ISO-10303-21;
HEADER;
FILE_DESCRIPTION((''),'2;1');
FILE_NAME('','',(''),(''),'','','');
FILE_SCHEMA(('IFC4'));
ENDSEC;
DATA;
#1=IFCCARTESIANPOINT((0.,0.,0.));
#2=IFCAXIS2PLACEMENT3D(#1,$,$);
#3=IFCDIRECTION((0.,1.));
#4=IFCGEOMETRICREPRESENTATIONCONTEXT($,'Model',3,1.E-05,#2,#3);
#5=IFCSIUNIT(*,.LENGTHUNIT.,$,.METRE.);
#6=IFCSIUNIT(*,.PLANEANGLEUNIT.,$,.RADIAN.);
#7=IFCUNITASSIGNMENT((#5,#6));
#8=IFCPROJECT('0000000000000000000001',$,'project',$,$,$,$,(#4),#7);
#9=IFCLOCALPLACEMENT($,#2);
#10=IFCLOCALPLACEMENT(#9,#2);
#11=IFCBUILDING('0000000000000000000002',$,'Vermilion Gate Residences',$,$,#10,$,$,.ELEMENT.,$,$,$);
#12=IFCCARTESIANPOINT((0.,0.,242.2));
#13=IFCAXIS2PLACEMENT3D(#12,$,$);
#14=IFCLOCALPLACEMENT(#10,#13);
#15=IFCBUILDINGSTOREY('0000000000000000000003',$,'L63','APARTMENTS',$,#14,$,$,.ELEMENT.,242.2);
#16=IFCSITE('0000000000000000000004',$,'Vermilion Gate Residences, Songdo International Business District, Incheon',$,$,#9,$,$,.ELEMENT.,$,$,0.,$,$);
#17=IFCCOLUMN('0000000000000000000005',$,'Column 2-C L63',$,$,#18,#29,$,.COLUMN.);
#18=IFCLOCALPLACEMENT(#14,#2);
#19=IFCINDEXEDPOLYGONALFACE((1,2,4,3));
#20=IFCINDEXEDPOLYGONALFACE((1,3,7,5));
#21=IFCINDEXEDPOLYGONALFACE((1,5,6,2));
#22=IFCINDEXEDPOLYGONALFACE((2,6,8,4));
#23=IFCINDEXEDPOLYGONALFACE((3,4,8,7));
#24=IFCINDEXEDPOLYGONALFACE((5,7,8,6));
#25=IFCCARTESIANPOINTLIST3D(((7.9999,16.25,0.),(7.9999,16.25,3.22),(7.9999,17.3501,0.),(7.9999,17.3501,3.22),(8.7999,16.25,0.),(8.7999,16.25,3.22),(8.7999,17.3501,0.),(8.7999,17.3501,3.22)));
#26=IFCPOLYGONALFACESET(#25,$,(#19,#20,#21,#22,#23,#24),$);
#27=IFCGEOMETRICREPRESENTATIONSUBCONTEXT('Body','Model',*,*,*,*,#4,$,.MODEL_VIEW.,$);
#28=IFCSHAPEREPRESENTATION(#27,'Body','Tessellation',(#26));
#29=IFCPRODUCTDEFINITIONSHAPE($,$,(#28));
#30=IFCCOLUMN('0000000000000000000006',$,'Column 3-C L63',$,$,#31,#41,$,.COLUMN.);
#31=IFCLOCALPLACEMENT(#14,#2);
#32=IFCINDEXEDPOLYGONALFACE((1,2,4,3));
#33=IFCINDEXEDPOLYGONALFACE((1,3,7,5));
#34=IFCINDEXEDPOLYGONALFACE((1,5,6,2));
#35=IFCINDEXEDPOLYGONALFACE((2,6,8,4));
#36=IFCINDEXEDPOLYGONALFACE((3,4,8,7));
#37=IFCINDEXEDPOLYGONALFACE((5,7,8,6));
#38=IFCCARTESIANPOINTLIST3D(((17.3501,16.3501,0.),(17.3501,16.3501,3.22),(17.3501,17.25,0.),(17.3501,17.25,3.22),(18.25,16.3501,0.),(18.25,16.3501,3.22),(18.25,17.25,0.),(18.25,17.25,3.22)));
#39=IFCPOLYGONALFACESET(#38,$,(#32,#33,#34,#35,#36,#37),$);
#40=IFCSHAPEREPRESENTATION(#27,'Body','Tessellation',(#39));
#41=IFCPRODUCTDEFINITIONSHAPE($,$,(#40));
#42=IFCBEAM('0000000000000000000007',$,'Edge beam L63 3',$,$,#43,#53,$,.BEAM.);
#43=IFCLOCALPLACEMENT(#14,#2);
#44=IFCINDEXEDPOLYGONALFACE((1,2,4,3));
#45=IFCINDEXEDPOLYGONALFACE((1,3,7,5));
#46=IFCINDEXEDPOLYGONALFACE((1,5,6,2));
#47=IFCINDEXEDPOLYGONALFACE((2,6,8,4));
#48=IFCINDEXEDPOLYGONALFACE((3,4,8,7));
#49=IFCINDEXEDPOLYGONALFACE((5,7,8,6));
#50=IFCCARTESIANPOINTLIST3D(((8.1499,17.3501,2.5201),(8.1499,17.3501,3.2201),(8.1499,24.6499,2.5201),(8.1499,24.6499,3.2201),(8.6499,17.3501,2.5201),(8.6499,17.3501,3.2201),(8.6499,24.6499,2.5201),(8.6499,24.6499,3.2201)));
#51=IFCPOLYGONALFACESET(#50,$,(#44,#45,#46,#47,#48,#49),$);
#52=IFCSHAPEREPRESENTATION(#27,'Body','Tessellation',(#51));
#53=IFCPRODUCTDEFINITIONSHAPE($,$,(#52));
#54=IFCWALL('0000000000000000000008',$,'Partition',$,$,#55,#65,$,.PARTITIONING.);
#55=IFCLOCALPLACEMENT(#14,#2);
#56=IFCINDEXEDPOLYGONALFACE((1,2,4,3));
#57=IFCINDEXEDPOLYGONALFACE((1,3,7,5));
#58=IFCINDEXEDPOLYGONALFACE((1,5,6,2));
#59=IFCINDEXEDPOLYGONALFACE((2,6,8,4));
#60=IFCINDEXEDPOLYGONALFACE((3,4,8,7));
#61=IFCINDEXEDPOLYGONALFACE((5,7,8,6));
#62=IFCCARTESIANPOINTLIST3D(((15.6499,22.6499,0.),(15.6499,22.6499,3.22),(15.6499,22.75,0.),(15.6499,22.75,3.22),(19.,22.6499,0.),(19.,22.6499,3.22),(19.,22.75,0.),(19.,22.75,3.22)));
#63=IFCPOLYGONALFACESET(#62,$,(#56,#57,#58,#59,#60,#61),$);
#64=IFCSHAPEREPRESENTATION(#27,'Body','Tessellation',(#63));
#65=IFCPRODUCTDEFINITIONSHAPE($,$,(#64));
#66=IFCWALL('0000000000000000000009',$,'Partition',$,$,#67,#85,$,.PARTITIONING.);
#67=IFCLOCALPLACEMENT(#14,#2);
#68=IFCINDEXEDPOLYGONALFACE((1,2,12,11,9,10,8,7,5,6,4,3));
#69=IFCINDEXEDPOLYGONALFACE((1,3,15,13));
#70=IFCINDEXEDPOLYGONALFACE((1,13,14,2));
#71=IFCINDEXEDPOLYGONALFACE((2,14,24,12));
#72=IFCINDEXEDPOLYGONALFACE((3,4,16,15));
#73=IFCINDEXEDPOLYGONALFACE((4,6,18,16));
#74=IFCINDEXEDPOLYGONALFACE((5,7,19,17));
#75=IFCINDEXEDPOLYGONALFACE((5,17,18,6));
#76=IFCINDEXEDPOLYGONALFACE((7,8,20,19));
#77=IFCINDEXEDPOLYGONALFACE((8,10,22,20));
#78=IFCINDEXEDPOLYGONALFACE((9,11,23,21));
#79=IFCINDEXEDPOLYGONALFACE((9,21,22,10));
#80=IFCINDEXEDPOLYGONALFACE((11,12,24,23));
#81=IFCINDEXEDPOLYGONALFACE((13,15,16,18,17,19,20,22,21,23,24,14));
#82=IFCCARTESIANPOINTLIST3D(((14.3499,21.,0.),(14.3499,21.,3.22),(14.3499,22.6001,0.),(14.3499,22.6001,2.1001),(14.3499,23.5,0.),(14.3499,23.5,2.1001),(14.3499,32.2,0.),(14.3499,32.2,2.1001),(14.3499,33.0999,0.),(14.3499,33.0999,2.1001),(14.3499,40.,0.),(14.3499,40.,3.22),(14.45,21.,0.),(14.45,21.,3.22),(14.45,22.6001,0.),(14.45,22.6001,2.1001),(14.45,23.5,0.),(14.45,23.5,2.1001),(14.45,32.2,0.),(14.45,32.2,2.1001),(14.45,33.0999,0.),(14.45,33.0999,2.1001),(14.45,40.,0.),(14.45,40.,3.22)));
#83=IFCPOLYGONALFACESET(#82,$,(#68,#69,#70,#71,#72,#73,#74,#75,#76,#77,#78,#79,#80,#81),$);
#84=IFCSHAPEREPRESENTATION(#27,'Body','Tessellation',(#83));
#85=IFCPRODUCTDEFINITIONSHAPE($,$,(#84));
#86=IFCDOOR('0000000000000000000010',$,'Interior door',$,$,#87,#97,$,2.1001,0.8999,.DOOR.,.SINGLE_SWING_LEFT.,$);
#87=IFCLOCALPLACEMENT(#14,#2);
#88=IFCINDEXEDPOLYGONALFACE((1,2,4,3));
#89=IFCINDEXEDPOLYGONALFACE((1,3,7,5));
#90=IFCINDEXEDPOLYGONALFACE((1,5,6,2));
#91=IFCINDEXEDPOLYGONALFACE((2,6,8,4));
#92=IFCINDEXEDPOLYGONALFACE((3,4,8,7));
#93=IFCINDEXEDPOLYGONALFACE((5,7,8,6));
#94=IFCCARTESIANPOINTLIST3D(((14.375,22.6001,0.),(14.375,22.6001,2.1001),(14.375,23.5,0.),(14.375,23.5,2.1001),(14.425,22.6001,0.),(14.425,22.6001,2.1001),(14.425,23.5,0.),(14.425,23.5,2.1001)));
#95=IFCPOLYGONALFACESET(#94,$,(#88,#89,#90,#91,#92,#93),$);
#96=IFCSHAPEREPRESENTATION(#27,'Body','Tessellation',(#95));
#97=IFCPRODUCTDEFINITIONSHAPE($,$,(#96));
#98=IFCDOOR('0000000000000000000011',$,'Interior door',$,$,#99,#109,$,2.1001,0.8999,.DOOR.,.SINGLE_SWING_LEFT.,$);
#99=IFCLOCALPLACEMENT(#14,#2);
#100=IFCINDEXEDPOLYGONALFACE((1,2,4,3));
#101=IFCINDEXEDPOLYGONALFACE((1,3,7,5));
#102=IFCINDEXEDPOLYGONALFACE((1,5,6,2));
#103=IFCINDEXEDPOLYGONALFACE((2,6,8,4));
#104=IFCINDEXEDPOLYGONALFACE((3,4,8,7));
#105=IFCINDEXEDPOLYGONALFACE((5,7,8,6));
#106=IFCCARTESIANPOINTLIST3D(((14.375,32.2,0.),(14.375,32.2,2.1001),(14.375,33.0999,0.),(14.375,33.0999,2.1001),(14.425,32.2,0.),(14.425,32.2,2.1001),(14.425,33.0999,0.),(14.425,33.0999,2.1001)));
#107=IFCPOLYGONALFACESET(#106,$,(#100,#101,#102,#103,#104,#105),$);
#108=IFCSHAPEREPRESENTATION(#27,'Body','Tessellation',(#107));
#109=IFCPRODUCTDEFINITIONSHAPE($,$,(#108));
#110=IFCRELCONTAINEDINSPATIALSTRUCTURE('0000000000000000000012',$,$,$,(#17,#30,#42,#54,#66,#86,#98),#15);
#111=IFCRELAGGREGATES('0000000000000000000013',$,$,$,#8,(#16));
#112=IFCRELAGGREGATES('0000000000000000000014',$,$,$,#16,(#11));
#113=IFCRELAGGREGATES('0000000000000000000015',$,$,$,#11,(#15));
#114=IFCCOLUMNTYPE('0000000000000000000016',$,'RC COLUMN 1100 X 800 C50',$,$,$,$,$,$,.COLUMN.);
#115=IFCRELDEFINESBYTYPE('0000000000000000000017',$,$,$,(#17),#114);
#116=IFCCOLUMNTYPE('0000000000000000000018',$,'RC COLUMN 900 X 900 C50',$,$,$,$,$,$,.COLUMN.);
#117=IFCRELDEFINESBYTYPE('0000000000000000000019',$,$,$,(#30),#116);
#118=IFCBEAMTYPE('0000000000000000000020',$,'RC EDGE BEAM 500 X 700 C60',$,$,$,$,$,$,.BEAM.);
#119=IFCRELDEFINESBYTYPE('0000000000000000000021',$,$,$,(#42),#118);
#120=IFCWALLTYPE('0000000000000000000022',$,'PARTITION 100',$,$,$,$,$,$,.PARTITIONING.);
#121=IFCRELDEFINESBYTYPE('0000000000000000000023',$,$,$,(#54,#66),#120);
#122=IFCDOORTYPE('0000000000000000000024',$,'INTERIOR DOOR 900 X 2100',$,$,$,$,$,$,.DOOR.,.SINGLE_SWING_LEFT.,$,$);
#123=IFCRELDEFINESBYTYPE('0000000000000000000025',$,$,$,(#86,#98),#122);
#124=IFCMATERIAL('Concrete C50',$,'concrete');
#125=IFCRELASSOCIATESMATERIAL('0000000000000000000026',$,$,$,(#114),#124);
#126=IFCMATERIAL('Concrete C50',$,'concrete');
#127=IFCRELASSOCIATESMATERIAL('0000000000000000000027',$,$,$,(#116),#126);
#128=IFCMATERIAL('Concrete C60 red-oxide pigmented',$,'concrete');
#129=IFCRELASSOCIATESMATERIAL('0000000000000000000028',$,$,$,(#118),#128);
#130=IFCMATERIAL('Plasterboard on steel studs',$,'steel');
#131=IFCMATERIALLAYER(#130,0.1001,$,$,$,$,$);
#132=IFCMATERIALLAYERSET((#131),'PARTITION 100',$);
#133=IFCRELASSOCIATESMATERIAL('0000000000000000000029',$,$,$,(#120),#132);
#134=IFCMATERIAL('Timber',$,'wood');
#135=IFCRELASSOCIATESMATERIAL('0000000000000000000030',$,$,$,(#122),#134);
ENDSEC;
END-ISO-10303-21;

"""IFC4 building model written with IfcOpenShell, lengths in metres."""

from ifc_helpers import new_model, si_unit, direction, frame, frame_2d, origin, origin_2d, place, context, subcontext, project, spatial, rectangle, extrude, material, layer, layer_set, material_profile, profile_set, type_object, element, fill, save


model = new_model("IFC4")

# Units and contexts
model_context = context("Model", 3, precision=1e-05, world=origin(), true_north=direction((0.0, 1.0)))
body_context = subcontext(model_context, "Body", "Model", "MODEL_VIEW")
ifc_project = project(units=[si_unit("LENGTHUNIT", "METRE"), si_unit("PLANEANGLEUNIT", "RADIAN")], contexts=[model_context])

# Site, building, storey
site_placement = place(None, origin())
site = spatial("IfcSite", under=ifc_project, at=site_placement, Name="Vermilion Gate Residences, Songdo International Business District, Incheon", CompositionType="ELEMENT", RefElevation=0.0)
building_placement = place(site_placement, origin())
building = spatial("IfcBuilding", under=site, at=building_placement, Name="Vermilion Gate Residences", CompositionType="ELEMENT")
storey_placement = place(building_placement, frame((0.0, 0.0, 242.2)))
storey = spatial("IfcBuildingStorey", under=building, at=storey_placement, Name="L63", Description="APARTMENTS", CompositionType="ELEMENT", Elevation=242.2)

# Columns
ifc_material_1 = material(Name="Concrete C50", Category="concrete")
ifc_material_profile_1 = material_profile(ifc_material_1, rectangle(XDim=1.1001, YDim=0.8, at=origin_2d()), Name="RC-1100x800")
ifc_profile_set_1 = profile_set([ifc_material_profile_1], Name="Concrete C50")
column_type_1 = type_object("IfcColumnType", Name="RC COLUMN 1100 X 800 C50", PredefinedType="COLUMN", material=ifc_profile_set_1)
column_1_placement = place(storey_placement, frame((8.3999, 16.8, 0.0), z_axis=(0.0, 0.0, 1.0), x_axis=(0.0, 1.0, 0.0)))
element("IfcColumn", 1, at=column_1_placement, inside=storey, type_object=column_type_1, Name="Column 2-C L63", PredefinedType="COLUMN", context=body_context, shape_type="SweptSolid", body=[
    extrude(rectangle(XDim=1.1001, YDim=0.8, at=origin_2d()), origin(), (0.0, 0.0, 1.0), 3.22),
])
ifc_material_2 = material(Name="Concrete C50", Category="concrete")
ifc_material_profile_2 = material_profile(ifc_material_2, rectangle(XDim=0.8999, YDim=0.8999, at=origin_2d()), Name="RC-900x900")
ifc_profile_set_2 = profile_set([ifc_material_profile_2], Name="Concrete C50")
column_type_2 = type_object("IfcColumnType", Name="RC COLUMN 900 X 900 C50", PredefinedType="COLUMN", material=ifc_profile_set_2)
column_2_placement = place(storey_placement, frame((17.8, 16.8, 0.0), z_axis=(0.0, 0.0, 1.0), x_axis=(1.0, 0.0, 0.0)))
element("IfcColumn", 2, at=column_2_placement, inside=storey, type_object=column_type_2, Name="Column 3-C L63", PredefinedType="COLUMN", context=body_context, shape_type="SweptSolid", body=[
    extrude(rectangle(XDim=0.8999, YDim=0.8999, at=origin_2d()), origin(), (0.0, 0.0, 1.0), 3.22),
])

# Beam
ifc_material_3 = material(Name="Concrete C60 red-oxide pigmented", Category="concrete")
ifc_material_profile_3 = material_profile(ifc_material_3, rectangle(XDim=0.5, YDim=0.7, at=origin_2d()), Name="RC-500x700")
ifc_profile_set_3 = profile_set([ifc_material_profile_3], Name="Concrete C60 red-oxide pigmented")
beam_type = type_object("IfcBeamType", Name="RC EDGE BEAM 500 X 700 C60", PredefinedType="BEAM", material=ifc_profile_set_3)
beam_placement = place(storey_placement, frame((8.3999, 17.3501, 2.8701), z_axis=(0.0, 1.0, 0.0), x_axis=(-1.0, 0.0, 0.0)))
element("IfcBeam", 3, at=beam_placement, inside=storey, type_object=beam_type, Name="Edge beam L63 3", PredefinedType="BEAM", context=body_context, shape_type="SweptSolid", body=[
    extrude(rectangle(XDim=0.5, YDim=0.7, at=origin_2d()), origin(), (0.0, 0.0, 1.0), 7.2998),
])

# Wall
ifc_material_4 = material(Name="Plasterboard on steel studs", Category="steel")
ifc_layer_1 = layer(ifc_material_4, 0.1001)
ifc_layer_set_1 = layer_set([ifc_layer_1], Name="PARTITION 100")
wall_type_1 = type_object("IfcWallType", Name="PARTITION 100", PredefinedType="PARTITIONING", material=ifc_layer_set_1)
wall_1_placement = place(storey_placement, frame((15.6499, 22.7, 0.0), z_axis=(0.0, 0.0, 1.0), x_axis=(1.0, 0.0, 0.0)))
element("IfcWall", 4, at=wall_1_placement, inside=storey, type_object=wall_type_1, Name="Partition", PredefinedType="PARTITIONING", context=body_context, shape_type="SweptSolid", body=[
    extrude(rectangle(XDim=3.3501, YDim=0.1001, at=frame_2d((1.675, 0.0))), origin(), (0.0, 0.0, 1.0), 3.22),
])

# Wall, openings, doors
wall_2_placement = place(storey_placement, frame((14.3999, 21.0, 0.0), z_axis=(0.0, 0.0, 1.0), x_axis=(0.0, 1.0, 0.0)))
wall_2 = element("IfcWall", 5, at=wall_2_placement, inside=storey, type_object=wall_type_1, Name="Partition", PredefinedType="PARTITIONING", context=body_context, shape_type="SweptSolid", body=[
    extrude(rectangle(XDim=19.0, YDim=0.1001, at=frame_2d((9.5, 0.0))), origin(), (0.0, 0.0, 1.0), 3.22),
])
opening_1_placement = place(wall_2_placement, frame((1.6001, 0.0, 0.0)))
opening_1 = element("IfcOpeningElement", 6, at=opening_1_placement, cuts=wall_2, PredefinedType="OPENING", context=body_context, shape_type="SweptSolid", body=[
    extrude(rectangle(XDim=0.8999, YDim=2.1001, at=frame_2d((0.45, 1.05))), frame((0.0, 0.0601, 0.0), z_axis=(0.0, -1.0, 0.0), x_axis=(1.0, 0.0, 0.0)), (0.0, 0.0, 1.0), 0.1201),
])
opening_2_placement = place(wall_2_placement, frame((11.2, 0.0, 0.0)))
opening_2 = element("IfcOpeningElement", 7, at=opening_2_placement, cuts=wall_2, PredefinedType="OPENING", context=body_context, shape_type="SweptSolid", body=[
    extrude(rectangle(XDim=0.8999, YDim=2.1001, at=frame_2d((0.45, 1.05))), frame((0.0, 0.0601, 0.0), z_axis=(0.0, -1.0, 0.0), x_axis=(1.0, 0.0, 0.0)), (0.0, 0.0, 1.0), 0.1201),
])
ifc_material_5 = material(Name="Timber", Category="wood")
door_type_1 = type_object("IfcDoorType", Name="INTERIOR DOOR 900 X 2100", OperationType="SINGLE_SWING_LEFT", PredefinedType="DOOR", material=ifc_material_5)
door_1_placement = place(opening_1_placement, origin())
door_1 = element("IfcDoor", 8, at=door_1_placement, inside=storey, type_object=door_type_1, Name="Interior door", OperationType="SINGLE_SWING_LEFT", OverallHeight=2.1001, OverallWidth=0.8999, PredefinedType="DOOR", context=body_context, shape_type="SweptSolid", body=[
    extrude(rectangle(XDim=0.8999, YDim=2.1001, at=frame_2d((0.45, 1.05))), frame((0.0, 0.0249, 0.0), z_axis=(0.0, -1.0, 0.0), x_axis=(1.0, 0.0, 0.0)), (0.0, 0.0, 1.0), 0.05),
])
fill(opening_1, door_1)
door_2_placement = place(opening_2_placement, origin())
door_2 = element("IfcDoor", 9, at=door_2_placement, inside=storey, type_object=door_type_1, Name="Interior door", OperationType="SINGLE_SWING_LEFT", OverallHeight=2.1001, OverallWidth=0.8999, PredefinedType="DOOR", context=body_context, shape_type="SweptSolid", body=[
    extrude(rectangle(XDim=0.8999, YDim=2.1001, at=frame_2d((0.45, 1.05))), frame((0.0, 0.0249, 0.0), z_axis=(0.0, -1.0, 0.0), x_axis=(1.0, 0.0, 0.0)), (0.0, 0.0, 1.0), 0.05),
])
fill(opening_2, door_2)

save(model, "model.ifc")
